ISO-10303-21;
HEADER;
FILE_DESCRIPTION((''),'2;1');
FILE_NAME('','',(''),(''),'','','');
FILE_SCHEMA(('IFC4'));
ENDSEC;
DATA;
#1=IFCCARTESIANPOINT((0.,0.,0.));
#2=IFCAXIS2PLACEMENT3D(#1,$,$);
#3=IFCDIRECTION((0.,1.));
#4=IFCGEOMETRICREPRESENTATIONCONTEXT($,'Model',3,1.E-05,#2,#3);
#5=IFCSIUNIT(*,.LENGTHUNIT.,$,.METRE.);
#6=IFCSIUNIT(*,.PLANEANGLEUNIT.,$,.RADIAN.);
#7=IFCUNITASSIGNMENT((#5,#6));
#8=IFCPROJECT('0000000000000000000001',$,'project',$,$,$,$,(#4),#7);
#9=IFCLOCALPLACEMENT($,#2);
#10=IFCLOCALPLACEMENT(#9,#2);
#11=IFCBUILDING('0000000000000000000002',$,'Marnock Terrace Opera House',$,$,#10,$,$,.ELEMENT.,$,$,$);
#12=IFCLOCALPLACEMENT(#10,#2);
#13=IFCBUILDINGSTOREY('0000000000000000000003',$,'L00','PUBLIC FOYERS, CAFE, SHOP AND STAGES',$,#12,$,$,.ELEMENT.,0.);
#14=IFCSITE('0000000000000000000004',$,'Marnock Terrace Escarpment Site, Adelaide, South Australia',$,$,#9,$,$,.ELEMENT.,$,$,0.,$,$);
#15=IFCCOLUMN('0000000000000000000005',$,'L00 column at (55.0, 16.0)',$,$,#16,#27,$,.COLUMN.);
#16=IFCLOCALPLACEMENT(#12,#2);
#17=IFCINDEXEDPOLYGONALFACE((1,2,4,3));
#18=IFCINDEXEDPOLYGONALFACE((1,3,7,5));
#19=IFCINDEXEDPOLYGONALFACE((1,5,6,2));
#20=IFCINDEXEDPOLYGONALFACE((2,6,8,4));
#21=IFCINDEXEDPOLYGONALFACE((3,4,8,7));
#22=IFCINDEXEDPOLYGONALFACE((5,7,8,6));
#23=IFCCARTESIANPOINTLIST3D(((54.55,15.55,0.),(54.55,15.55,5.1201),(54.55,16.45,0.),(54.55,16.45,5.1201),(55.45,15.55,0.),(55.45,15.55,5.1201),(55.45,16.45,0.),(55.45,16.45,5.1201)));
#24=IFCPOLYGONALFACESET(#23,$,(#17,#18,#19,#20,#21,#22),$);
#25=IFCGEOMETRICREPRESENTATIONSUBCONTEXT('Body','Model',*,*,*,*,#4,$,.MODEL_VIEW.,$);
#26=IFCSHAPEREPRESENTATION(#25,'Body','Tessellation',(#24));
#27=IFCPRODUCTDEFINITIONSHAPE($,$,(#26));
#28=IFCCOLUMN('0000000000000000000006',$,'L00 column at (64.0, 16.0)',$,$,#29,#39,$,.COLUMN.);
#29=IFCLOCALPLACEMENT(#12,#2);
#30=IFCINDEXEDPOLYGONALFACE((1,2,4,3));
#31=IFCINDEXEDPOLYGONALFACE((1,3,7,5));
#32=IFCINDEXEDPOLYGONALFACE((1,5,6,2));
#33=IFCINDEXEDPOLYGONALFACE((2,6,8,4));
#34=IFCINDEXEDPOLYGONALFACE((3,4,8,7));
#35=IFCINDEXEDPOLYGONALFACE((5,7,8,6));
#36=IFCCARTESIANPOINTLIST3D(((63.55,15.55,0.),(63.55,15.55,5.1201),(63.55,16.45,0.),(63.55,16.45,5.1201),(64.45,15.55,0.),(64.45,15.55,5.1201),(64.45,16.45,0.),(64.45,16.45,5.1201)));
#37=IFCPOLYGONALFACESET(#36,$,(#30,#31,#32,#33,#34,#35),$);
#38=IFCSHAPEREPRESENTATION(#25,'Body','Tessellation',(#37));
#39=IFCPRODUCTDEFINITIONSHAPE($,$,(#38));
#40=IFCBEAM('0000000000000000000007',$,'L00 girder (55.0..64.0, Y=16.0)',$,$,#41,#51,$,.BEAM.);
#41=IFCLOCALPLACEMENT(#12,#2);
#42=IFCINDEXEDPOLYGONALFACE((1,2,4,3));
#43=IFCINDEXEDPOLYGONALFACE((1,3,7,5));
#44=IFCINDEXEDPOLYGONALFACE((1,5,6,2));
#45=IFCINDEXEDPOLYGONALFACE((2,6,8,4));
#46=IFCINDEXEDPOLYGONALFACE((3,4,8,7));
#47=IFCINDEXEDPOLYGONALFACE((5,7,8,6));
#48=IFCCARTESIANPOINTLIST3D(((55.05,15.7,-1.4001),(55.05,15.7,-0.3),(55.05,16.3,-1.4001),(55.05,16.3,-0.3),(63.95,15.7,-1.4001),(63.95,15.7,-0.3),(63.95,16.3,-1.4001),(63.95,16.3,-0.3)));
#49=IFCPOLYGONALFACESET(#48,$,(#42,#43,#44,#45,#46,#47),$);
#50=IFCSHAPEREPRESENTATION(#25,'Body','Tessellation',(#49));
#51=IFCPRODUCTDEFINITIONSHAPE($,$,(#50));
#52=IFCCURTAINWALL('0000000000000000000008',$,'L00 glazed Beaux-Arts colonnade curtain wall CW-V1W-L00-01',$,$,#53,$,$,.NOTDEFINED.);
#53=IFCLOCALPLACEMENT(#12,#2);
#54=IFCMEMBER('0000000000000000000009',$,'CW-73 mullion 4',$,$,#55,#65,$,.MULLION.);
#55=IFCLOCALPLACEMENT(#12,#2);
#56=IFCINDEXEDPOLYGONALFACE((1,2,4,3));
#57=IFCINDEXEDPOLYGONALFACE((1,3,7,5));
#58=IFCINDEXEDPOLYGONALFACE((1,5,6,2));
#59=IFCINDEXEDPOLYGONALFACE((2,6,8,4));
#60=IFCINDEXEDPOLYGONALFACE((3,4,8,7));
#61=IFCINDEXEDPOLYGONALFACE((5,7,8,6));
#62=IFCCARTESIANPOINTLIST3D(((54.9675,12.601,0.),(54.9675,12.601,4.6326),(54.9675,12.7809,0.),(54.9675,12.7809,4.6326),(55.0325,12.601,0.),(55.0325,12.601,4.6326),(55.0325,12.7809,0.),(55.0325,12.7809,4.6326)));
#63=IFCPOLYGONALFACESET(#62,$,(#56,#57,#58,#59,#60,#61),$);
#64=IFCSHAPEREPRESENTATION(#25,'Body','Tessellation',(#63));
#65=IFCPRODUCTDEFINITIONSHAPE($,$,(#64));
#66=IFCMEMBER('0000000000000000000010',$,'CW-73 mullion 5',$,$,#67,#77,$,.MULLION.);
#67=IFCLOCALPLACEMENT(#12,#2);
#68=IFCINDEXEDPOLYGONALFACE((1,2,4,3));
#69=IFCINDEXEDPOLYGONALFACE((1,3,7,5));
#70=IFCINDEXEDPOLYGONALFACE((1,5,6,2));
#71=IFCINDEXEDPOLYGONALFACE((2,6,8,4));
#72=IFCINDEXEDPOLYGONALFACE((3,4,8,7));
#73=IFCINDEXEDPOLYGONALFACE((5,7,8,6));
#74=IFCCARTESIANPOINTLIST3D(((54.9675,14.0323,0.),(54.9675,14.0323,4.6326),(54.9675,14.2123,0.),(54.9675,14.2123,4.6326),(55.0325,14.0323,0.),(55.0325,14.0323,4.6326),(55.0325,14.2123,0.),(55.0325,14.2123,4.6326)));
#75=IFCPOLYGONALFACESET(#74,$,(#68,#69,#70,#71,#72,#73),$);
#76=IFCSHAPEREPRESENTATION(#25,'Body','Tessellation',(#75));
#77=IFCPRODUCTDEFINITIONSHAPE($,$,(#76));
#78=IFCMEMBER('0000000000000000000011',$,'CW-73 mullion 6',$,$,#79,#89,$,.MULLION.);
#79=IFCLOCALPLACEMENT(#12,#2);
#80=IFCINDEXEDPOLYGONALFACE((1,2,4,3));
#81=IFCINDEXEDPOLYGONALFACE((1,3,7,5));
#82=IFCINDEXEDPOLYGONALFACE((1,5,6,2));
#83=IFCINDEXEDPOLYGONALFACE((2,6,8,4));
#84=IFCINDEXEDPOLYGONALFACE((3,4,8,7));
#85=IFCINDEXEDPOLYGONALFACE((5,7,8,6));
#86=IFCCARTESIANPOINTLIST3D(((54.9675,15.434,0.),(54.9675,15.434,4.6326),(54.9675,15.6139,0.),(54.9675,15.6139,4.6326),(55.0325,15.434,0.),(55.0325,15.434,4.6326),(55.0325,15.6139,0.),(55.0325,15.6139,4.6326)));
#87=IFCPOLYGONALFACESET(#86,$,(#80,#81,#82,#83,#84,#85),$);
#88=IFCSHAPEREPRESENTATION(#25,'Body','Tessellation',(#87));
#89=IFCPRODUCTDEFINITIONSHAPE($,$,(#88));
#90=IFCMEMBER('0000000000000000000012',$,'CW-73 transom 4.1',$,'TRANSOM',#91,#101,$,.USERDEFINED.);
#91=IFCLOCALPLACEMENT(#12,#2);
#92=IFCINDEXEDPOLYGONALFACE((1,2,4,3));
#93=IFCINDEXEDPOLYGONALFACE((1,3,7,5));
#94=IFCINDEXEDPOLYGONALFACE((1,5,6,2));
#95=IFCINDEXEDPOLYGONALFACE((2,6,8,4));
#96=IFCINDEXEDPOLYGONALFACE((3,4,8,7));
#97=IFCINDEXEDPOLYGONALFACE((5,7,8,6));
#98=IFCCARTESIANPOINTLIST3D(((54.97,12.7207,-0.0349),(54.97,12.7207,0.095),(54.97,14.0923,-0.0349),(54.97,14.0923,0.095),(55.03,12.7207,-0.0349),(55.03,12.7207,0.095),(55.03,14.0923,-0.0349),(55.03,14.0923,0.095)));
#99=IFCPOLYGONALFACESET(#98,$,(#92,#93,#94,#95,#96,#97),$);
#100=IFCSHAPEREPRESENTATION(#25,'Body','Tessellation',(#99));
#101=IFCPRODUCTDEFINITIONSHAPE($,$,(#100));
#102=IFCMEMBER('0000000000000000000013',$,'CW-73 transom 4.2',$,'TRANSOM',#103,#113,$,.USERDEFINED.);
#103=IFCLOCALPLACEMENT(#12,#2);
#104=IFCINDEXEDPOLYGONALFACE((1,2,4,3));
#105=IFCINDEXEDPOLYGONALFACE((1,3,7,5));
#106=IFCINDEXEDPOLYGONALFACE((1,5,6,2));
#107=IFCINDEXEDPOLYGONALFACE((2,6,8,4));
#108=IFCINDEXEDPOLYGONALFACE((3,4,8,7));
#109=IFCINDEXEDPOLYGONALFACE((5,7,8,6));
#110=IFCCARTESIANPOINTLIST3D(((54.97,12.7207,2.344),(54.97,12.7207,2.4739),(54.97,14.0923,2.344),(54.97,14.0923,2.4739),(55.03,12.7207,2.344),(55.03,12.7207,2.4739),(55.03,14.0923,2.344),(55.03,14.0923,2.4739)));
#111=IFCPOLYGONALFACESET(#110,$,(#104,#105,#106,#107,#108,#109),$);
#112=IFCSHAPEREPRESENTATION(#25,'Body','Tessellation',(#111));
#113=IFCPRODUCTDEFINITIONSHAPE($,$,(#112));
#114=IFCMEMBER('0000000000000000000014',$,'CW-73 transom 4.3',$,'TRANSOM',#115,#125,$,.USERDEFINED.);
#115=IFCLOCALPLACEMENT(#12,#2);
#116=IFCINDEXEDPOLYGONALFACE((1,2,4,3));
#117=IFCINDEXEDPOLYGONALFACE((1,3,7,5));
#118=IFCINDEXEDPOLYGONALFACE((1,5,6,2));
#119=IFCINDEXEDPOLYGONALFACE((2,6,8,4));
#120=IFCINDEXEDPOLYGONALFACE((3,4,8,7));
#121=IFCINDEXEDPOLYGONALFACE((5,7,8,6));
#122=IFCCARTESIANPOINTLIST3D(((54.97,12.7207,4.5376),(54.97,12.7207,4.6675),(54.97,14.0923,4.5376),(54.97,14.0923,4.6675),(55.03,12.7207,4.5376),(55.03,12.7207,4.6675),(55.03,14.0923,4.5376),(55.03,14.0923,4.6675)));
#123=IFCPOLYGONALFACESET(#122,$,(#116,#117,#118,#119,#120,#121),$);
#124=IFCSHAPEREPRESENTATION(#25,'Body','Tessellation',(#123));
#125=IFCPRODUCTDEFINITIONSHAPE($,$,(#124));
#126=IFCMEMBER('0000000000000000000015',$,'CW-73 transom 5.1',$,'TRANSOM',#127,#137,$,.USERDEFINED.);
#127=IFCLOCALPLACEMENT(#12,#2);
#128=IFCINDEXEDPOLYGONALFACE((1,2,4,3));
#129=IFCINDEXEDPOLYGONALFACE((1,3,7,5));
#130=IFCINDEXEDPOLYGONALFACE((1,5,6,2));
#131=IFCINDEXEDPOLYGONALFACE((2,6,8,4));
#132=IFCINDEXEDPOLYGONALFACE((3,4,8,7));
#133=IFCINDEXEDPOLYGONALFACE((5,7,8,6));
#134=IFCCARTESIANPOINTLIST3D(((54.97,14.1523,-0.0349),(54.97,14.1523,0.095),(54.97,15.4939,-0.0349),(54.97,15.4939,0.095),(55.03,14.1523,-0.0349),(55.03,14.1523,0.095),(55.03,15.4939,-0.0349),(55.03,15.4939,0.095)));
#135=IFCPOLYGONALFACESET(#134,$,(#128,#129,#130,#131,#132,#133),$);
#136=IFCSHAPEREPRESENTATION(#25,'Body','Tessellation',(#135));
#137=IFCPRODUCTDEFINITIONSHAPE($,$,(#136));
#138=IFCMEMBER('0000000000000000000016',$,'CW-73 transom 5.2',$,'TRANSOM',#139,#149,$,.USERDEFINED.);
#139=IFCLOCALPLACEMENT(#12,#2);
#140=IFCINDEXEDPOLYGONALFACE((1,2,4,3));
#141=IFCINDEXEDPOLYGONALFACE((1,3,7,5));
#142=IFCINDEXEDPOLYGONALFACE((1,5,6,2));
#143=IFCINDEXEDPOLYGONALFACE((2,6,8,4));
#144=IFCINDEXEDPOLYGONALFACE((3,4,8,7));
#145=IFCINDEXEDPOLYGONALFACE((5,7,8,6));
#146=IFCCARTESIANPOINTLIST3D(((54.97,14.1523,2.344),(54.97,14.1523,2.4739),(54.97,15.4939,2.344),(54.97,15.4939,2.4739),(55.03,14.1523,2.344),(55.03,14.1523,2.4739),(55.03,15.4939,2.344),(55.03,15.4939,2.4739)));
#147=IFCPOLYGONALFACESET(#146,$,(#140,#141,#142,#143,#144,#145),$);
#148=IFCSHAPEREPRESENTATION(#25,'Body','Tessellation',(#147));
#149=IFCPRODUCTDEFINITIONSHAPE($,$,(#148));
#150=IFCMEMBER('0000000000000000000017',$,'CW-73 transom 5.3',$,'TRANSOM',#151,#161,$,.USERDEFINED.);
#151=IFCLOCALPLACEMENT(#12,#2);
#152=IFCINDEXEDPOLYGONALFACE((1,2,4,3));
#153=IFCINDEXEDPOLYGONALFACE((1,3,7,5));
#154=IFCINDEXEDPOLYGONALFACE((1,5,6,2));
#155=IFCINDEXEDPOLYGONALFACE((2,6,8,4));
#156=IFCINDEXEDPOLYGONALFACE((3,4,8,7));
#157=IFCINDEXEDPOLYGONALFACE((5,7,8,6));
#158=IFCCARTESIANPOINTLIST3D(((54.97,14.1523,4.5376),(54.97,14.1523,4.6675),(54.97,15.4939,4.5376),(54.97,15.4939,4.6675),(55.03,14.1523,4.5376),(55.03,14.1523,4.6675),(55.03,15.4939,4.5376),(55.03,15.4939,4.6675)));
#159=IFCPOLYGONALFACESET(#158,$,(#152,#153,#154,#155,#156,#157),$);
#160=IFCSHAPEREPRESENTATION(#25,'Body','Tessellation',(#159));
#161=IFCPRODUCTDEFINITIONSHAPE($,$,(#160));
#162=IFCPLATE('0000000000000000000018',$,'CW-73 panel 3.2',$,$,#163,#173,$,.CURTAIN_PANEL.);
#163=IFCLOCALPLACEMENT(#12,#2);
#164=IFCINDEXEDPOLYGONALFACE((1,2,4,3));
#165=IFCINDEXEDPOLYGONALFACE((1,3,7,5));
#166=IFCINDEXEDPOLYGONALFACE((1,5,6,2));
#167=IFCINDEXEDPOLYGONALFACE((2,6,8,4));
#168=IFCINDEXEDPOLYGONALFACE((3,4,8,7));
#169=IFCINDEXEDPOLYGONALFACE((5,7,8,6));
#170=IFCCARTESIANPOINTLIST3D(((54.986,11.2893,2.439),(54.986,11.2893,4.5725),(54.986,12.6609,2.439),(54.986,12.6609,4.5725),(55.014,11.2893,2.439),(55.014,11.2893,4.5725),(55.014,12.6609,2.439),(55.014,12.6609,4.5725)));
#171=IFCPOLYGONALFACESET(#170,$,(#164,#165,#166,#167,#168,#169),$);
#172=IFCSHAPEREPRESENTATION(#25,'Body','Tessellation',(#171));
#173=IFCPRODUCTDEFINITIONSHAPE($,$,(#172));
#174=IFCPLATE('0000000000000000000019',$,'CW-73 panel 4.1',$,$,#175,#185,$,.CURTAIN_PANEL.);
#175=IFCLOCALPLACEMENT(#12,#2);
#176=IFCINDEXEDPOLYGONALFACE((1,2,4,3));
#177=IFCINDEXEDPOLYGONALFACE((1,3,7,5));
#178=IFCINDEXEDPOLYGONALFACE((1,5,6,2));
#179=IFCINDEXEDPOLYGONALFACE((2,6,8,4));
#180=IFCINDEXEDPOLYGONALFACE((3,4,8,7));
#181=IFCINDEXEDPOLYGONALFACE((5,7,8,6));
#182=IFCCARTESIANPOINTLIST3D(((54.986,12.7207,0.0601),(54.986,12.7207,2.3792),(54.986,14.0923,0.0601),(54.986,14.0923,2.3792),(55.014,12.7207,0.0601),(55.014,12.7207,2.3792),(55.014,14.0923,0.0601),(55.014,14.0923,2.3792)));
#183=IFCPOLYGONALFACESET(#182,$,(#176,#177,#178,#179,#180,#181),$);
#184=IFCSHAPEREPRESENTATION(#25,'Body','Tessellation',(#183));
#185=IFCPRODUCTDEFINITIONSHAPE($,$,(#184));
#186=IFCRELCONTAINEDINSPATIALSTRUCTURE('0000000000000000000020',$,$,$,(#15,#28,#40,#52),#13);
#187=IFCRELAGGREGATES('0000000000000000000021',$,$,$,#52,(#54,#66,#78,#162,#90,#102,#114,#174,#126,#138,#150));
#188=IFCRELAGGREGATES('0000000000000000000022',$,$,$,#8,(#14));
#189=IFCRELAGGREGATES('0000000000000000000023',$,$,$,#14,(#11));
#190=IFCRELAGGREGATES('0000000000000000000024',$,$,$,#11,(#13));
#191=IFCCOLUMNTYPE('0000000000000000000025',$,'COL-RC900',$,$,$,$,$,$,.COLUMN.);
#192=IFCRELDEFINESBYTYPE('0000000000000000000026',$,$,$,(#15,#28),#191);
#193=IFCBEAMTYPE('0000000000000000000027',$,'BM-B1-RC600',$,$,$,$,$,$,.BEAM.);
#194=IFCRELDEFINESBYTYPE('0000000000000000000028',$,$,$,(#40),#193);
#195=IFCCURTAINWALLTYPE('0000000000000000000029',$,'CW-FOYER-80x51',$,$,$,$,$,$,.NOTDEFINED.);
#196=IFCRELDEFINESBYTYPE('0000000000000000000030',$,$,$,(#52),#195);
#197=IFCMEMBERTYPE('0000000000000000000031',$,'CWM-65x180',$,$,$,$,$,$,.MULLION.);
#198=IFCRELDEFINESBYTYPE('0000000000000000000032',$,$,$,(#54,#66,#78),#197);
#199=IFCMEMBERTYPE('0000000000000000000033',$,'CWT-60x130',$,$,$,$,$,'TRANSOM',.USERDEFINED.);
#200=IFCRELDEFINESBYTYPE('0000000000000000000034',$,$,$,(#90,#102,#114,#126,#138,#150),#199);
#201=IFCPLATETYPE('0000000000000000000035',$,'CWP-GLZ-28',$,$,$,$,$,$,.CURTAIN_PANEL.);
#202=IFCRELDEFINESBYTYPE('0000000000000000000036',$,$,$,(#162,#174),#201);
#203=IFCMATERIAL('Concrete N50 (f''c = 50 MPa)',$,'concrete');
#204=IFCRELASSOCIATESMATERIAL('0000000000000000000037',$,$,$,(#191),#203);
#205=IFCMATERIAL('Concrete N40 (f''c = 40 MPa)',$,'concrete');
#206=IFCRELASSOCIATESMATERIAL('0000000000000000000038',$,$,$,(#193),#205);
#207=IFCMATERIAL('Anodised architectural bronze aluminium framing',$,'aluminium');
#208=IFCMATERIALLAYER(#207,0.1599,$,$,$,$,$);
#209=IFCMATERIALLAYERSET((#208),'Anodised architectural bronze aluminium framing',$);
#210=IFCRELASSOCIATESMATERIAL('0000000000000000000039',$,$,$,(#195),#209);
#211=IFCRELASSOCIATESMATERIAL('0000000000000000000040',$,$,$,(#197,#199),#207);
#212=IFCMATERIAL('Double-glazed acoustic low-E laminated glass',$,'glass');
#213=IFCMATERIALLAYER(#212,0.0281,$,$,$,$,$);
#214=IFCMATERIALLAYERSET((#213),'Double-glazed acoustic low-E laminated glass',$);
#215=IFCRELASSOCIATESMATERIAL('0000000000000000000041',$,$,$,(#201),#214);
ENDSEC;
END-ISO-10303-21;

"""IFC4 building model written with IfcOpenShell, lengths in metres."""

from ifc_helpers import new_model, si_unit, direction, frame, origin, origin_2d, place, context, subcontext, project, spatial, rectangle, extrude, material, layer, layer_set, material_profile, profile_set, type_object, element, aggregate, save


model = new_model("IFC4")

# Units and contexts
model_context = context("Model", 3, precision=1e-05, world=origin(), true_north=direction((0.0, 1.0)))
body_context = subcontext(model_context, "Body", "Model", "MODEL_VIEW")
ifc_project = project(units=[si_unit("LENGTHUNIT", "METRE"), si_unit("PLANEANGLEUNIT", "RADIAN")], contexts=[model_context])

# Site, building, storey
site_placement = place(None, origin())
site = spatial("IfcSite", under=ifc_project, at=site_placement, Name="Marnock Terrace Escarpment Site, Adelaide, South Australia", CompositionType="ELEMENT", RefElevation=0.0)
building_placement = place(site_placement, origin())
building = spatial("IfcBuilding", under=site, at=building_placement, Name="Marnock Terrace Opera House", CompositionType="ELEMENT")
storey_placement = place(building_placement, origin())
storey = spatial("IfcBuildingStorey", under=building, at=storey_placement, Name="L00", Description="PUBLIC FOYERS, CAFE, SHOP AND STAGES", CompositionType="ELEMENT", Elevation=0.0)

# Columns
ifc_material_1 = material(Name="Concrete N50 (f'c = 50 MPa)", Category="concrete")
ifc_material_profile_1 = material_profile(ifc_material_1, rectangle(XDim=0.8999, YDim=0.8999, at=origin_2d()))
ifc_profile_set_1 = profile_set([ifc_material_profile_1], Name="Concrete N50 (f'c = 50 MPa)")
column_type = type_object("IfcColumnType", Name="COL-RC900", PredefinedType="COLUMN", material=ifc_profile_set_1)
for number, where, z_axis, x_axis, name in (
    (1, (55.0, 16.0, 0.0), (0.0, 0.0, 1.0), (1.0, 0.0, 0.0), "L00 column at (55.0, 16.0)"),
    (2, (64.0, 16.0, 0.0), (0.0, 0.0, 1.0), (1.0, 0.0, 0.0), "L00 column at (64.0, 16.0)"),
):
    element("IfcColumn", number, at=place(storey_placement, frame(where, z_axis=z_axis, x_axis=x_axis)), inside=storey, type_object=column_type, Name=name, PredefinedType="COLUMN", context=body_context, shape_type="SweptSolid", body=[
        extrude(rectangle(XDim=0.8999, YDim=0.8999, at=origin_2d()), origin(), (0.0, 0.0, 1.0), 5.1201),
    ])

# Beam
ifc_material_2 = material(Name="Concrete N40 (f'c = 40 MPa)", Category="concrete")
ifc_material_profile_2 = material_profile(ifc_material_2, rectangle(XDim=0.6001, YDim=1.1001, at=origin_2d()))
ifc_profile_set_2 = profile_set([ifc_material_profile_2], Name="Concrete N40 (f'c = 40 MPa)")
beam_type = type_object("IfcBeamType", Name="BM-B1-RC600", PredefinedType="BEAM", material=ifc_profile_set_2)
beam_placement = place(storey_placement, frame((55.05, 16.0, -0.8501), z_axis=(1.0, 0.0, 0.0), x_axis=(0.0, 1.0, 0.0)))
element("IfcBeam", 3, at=beam_placement, inside=storey, type_object=beam_type, Name="L00 girder (55.0..64.0, Y=16.0)", PredefinedType="BEAM", context=body_context, shape_type="SweptSolid", body=[
    extrude(rectangle(XDim=0.6001, YDim=1.1001, at=origin_2d()), origin(), (0.0, 0.0, 1.0), 8.8999),
])

# Curtain wall, members, plates
ifc_material_3 = material(Name="Anodised architectural bronze aluminium framing", Category="aluminium")
ifc_layer_1 = layer(ifc_material_3, 0.1599)
ifc_layer_set_1 = layer_set([ifc_layer_1], Name="Anodised architectural bronze aluminium framing")
curtain_wall_type = type_object("IfcCurtainWallType", Name="CW-FOYER-80x51", PredefinedType="NOTDEFINED", material=ifc_layer_set_1)
curtain_wall_placement = place(storey_placement, origin())
curtain_wall = element("IfcCurtainWall", 4, at=curtain_wall_placement, inside=storey, type_object=curtain_wall_type, Name="L00 glazed Beaux-Arts colonnade curtain wall CW-V1W-L00-01", PredefinedType="NOTDEFINED")
ifc_material_profile_3 = material_profile(ifc_material_3, rectangle(XDim=0.0649, YDim=0.1799, at=origin_2d()))
ifc_profile_set_3 = profile_set([ifc_material_profile_3], Name="Anodised architectural bronze aluminium framing")
member_type_1 = type_object("IfcMemberType", Name="CWM-65x180", PredefinedType="MULLION", material=ifc_profile_set_3)
member_1_placement = place(storey_placement, frame((55.0, 12.6909, 0.0), z_axis=(0.0, 0.0, 1.0), x_axis=(-1.0, 0.0, 0.0)))
member_1 = element("IfcMember", 5, at=member_1_placement, type_object=member_type_1, Name="CW-73 mullion 4", PredefinedType="MULLION", context=body_context, shape_type="SweptSolid", body=[
    extrude(rectangle(XDim=0.0649, YDim=0.1799, at=origin_2d()), origin(), (0.0, 0.0, 1.0), 4.6326),
])
member_2_placement = place(storey_placement, frame((55.0, 14.1223, 0.0), z_axis=(0.0, 0.0, 1.0), x_axis=(-1.0, 0.0, 0.0)))
member_2 = element("IfcMember", 6, at=member_2_placement, type_object=member_type_1, Name="CW-73 mullion 5", PredefinedType="MULLION", context=body_context, shape_type="SweptSolid", body=[
    extrude(rectangle(XDim=0.0649, YDim=0.1799, at=origin_2d()), origin(), (0.0, 0.0, 1.0), 4.6326),
])
member_3_placement = place(storey_placement, frame((55.0, 15.5239, 0.0), z_axis=(0.0, 0.0, 1.0), x_axis=(-1.0, 0.0, 0.0)))
member_3 = element("IfcMember", 7, at=member_3_placement, type_object=member_type_1, Name="CW-73 mullion 6", PredefinedType="MULLION", context=body_context, shape_type="SweptSolid", body=[
    extrude(rectangle(XDim=0.0649, YDim=0.1799, at=origin_2d()), origin(), (0.0, 0.0, 1.0), 4.6326),
])
ifc_material_profile_4 = material_profile(ifc_material_3, rectangle(XDim=0.0601, YDim=0.1299, at=origin_2d()))
ifc_profile_set_4 = profile_set([ifc_material_profile_4], Name="Anodised architectural bronze aluminium framing")
member_type_2 = type_object("IfcMemberType", Name="CWT-60x130", ElementType="TRANSOM", PredefinedType="USERDEFINED", material=ifc_profile_set_4)
member_4_placement = place(storey_placement, frame((55.0, 12.7207, 0.03), z_axis=(0.0, 1.0, 0.0), x_axis=(-1.0, 0.0, 0.0)))
member_4 = element("IfcMember", 8, at=member_4_placement, type_object=member_type_2, Name="CW-73 transom 4.1", ObjectType="TRANSOM", PredefinedType="USERDEFINED", context=body_context, shape_type="SweptSolid", body=[
    extrude(rectangle(XDim=0.0601, YDim=0.1299, at=origin_2d()), origin(), (0.0, 0.0, 1.0), 1.3716),
])
member_5_placement = place(storey_placement, frame((55.0, 12.7207, 2.4089), z_axis=(0.0, 1.0, 0.0), x_axis=(-1.0, 0.0, 0.0)))
member_5 = element("IfcMember", 9, at=member_5_placement, type_object=member_type_2, Name="CW-73 transom 4.2", ObjectType="TRANSOM", PredefinedType="USERDEFINED", context=body_context, shape_type="SweptSolid", body=[
    extrude(rectangle(XDim=0.0601, YDim=0.1299, at=origin_2d()), origin(), (0.0, 0.0, 1.0), 1.3716),
])
member_6_placement = place(storey_placement, frame((55.0, 12.7207, 4.6025), z_axis=(0.0, 1.0, 0.0), x_axis=(-1.0, 0.0, 0.0)))
member_6 = element("IfcMember", 10, at=member_6_placement, type_object=member_type_2, Name="CW-73 transom 4.3", ObjectType="TRANSOM", PredefinedType="USERDEFINED", context=body_context, shape_type="SweptSolid", body=[
    extrude(rectangle(XDim=0.0601, YDim=0.1299, at=origin_2d()), origin(), (0.0, 0.0, 1.0), 1.3716),
])
member_7_placement = place(storey_placement, frame((55.0, 14.1523, 0.03), z_axis=(0.0, 1.0, 0.0), x_axis=(-1.0, 0.0, 0.0)))
member_7 = element("IfcMember", 11, at=member_7_placement, type_object=member_type_2, Name="CW-73 transom 5.1", ObjectType="TRANSOM", PredefinedType="USERDEFINED", context=body_context, shape_type="SweptSolid", body=[
    extrude(rectangle(XDim=0.0601, YDim=0.1299, at=origin_2d()), origin(), (0.0, 0.0, 1.0), 1.3416),
])
member_8_placement = place(storey_placement, frame((55.0, 14.1523, 2.4089), z_axis=(0.0, 1.0, 0.0), x_axis=(-1.0, 0.0, 0.0)))
member_8 = element("IfcMember", 12, at=member_8_placement, type_object=member_type_2, Name="CW-73 transom 5.2", ObjectType="TRANSOM", PredefinedType="USERDEFINED", context=body_context, shape_type="SweptSolid", body=[
    extrude(rectangle(XDim=0.0601, YDim=0.1299, at=origin_2d()), origin(), (0.0, 0.0, 1.0), 1.3416),
])
member_9_placement = place(storey_placement, frame((55.0, 14.1523, 4.6025), z_axis=(0.0, 1.0, 0.0), x_axis=(-1.0, 0.0, 0.0)))
member_9 = element("IfcMember", 13, at=member_9_placement, type_object=member_type_2, Name="CW-73 transom 5.3", ObjectType="TRANSOM", PredefinedType="USERDEFINED", context=body_context, shape_type="SweptSolid", body=[
    extrude(rectangle(XDim=0.0601, YDim=0.1299, at=origin_2d()), origin(), (0.0, 0.0, 1.0), 1.3416),
])
ifc_material_4 = material(Name="Double-glazed acoustic low-E laminated glass", Category="glass")
ifc_layer_2 = layer(ifc_material_4, 0.0281)
ifc_layer_set_2 = layer_set([ifc_layer_2], Name="Double-glazed acoustic low-E laminated glass")
plate_type = type_object("IfcPlateType", Name="CWP-GLZ-28", PredefinedType="CURTAIN_PANEL", material=ifc_layer_set_2)
plate_1_placement = place(storey_placement, frame((55.0, 11.9751, 2.439), z_axis=(0.0, 0.0, 1.0), x_axis=(0.0, 1.0, 0.0)))
plate_1 = element("IfcPlate", 14, at=plate_1_placement, type_object=plate_type, Name="CW-73 panel 3.2", PredefinedType="CURTAIN_PANEL", context=body_context, shape_type="SweptSolid", body=[
    extrude(rectangle(XDim=1.3716, YDim=0.0281, at=origin_2d()), origin(), (0.0, 0.0, 1.0), 2.1335),
])
plate_2_placement = place(storey_placement, frame((55.0, 13.4065, 0.0601), z_axis=(0.0, 0.0, 1.0), x_axis=(0.0, 1.0, 0.0)))
plate_2 = element("IfcPlate", 15, at=plate_2_placement, type_object=plate_type, Name="CW-73 panel 4.1", PredefinedType="CURTAIN_PANEL", context=body_context, shape_type="SweptSolid", body=[
    extrude(rectangle(XDim=1.3716, YDim=0.0281, at=origin_2d()), origin(), (0.0, 0.0, 1.0), 2.3191),
])
aggregate(curtain_wall, [member_1, member_2, member_3, plate_1, member_4, member_5, member_6, plate_2, member_7, member_8, member_9])

save(model, "model.ifc")
